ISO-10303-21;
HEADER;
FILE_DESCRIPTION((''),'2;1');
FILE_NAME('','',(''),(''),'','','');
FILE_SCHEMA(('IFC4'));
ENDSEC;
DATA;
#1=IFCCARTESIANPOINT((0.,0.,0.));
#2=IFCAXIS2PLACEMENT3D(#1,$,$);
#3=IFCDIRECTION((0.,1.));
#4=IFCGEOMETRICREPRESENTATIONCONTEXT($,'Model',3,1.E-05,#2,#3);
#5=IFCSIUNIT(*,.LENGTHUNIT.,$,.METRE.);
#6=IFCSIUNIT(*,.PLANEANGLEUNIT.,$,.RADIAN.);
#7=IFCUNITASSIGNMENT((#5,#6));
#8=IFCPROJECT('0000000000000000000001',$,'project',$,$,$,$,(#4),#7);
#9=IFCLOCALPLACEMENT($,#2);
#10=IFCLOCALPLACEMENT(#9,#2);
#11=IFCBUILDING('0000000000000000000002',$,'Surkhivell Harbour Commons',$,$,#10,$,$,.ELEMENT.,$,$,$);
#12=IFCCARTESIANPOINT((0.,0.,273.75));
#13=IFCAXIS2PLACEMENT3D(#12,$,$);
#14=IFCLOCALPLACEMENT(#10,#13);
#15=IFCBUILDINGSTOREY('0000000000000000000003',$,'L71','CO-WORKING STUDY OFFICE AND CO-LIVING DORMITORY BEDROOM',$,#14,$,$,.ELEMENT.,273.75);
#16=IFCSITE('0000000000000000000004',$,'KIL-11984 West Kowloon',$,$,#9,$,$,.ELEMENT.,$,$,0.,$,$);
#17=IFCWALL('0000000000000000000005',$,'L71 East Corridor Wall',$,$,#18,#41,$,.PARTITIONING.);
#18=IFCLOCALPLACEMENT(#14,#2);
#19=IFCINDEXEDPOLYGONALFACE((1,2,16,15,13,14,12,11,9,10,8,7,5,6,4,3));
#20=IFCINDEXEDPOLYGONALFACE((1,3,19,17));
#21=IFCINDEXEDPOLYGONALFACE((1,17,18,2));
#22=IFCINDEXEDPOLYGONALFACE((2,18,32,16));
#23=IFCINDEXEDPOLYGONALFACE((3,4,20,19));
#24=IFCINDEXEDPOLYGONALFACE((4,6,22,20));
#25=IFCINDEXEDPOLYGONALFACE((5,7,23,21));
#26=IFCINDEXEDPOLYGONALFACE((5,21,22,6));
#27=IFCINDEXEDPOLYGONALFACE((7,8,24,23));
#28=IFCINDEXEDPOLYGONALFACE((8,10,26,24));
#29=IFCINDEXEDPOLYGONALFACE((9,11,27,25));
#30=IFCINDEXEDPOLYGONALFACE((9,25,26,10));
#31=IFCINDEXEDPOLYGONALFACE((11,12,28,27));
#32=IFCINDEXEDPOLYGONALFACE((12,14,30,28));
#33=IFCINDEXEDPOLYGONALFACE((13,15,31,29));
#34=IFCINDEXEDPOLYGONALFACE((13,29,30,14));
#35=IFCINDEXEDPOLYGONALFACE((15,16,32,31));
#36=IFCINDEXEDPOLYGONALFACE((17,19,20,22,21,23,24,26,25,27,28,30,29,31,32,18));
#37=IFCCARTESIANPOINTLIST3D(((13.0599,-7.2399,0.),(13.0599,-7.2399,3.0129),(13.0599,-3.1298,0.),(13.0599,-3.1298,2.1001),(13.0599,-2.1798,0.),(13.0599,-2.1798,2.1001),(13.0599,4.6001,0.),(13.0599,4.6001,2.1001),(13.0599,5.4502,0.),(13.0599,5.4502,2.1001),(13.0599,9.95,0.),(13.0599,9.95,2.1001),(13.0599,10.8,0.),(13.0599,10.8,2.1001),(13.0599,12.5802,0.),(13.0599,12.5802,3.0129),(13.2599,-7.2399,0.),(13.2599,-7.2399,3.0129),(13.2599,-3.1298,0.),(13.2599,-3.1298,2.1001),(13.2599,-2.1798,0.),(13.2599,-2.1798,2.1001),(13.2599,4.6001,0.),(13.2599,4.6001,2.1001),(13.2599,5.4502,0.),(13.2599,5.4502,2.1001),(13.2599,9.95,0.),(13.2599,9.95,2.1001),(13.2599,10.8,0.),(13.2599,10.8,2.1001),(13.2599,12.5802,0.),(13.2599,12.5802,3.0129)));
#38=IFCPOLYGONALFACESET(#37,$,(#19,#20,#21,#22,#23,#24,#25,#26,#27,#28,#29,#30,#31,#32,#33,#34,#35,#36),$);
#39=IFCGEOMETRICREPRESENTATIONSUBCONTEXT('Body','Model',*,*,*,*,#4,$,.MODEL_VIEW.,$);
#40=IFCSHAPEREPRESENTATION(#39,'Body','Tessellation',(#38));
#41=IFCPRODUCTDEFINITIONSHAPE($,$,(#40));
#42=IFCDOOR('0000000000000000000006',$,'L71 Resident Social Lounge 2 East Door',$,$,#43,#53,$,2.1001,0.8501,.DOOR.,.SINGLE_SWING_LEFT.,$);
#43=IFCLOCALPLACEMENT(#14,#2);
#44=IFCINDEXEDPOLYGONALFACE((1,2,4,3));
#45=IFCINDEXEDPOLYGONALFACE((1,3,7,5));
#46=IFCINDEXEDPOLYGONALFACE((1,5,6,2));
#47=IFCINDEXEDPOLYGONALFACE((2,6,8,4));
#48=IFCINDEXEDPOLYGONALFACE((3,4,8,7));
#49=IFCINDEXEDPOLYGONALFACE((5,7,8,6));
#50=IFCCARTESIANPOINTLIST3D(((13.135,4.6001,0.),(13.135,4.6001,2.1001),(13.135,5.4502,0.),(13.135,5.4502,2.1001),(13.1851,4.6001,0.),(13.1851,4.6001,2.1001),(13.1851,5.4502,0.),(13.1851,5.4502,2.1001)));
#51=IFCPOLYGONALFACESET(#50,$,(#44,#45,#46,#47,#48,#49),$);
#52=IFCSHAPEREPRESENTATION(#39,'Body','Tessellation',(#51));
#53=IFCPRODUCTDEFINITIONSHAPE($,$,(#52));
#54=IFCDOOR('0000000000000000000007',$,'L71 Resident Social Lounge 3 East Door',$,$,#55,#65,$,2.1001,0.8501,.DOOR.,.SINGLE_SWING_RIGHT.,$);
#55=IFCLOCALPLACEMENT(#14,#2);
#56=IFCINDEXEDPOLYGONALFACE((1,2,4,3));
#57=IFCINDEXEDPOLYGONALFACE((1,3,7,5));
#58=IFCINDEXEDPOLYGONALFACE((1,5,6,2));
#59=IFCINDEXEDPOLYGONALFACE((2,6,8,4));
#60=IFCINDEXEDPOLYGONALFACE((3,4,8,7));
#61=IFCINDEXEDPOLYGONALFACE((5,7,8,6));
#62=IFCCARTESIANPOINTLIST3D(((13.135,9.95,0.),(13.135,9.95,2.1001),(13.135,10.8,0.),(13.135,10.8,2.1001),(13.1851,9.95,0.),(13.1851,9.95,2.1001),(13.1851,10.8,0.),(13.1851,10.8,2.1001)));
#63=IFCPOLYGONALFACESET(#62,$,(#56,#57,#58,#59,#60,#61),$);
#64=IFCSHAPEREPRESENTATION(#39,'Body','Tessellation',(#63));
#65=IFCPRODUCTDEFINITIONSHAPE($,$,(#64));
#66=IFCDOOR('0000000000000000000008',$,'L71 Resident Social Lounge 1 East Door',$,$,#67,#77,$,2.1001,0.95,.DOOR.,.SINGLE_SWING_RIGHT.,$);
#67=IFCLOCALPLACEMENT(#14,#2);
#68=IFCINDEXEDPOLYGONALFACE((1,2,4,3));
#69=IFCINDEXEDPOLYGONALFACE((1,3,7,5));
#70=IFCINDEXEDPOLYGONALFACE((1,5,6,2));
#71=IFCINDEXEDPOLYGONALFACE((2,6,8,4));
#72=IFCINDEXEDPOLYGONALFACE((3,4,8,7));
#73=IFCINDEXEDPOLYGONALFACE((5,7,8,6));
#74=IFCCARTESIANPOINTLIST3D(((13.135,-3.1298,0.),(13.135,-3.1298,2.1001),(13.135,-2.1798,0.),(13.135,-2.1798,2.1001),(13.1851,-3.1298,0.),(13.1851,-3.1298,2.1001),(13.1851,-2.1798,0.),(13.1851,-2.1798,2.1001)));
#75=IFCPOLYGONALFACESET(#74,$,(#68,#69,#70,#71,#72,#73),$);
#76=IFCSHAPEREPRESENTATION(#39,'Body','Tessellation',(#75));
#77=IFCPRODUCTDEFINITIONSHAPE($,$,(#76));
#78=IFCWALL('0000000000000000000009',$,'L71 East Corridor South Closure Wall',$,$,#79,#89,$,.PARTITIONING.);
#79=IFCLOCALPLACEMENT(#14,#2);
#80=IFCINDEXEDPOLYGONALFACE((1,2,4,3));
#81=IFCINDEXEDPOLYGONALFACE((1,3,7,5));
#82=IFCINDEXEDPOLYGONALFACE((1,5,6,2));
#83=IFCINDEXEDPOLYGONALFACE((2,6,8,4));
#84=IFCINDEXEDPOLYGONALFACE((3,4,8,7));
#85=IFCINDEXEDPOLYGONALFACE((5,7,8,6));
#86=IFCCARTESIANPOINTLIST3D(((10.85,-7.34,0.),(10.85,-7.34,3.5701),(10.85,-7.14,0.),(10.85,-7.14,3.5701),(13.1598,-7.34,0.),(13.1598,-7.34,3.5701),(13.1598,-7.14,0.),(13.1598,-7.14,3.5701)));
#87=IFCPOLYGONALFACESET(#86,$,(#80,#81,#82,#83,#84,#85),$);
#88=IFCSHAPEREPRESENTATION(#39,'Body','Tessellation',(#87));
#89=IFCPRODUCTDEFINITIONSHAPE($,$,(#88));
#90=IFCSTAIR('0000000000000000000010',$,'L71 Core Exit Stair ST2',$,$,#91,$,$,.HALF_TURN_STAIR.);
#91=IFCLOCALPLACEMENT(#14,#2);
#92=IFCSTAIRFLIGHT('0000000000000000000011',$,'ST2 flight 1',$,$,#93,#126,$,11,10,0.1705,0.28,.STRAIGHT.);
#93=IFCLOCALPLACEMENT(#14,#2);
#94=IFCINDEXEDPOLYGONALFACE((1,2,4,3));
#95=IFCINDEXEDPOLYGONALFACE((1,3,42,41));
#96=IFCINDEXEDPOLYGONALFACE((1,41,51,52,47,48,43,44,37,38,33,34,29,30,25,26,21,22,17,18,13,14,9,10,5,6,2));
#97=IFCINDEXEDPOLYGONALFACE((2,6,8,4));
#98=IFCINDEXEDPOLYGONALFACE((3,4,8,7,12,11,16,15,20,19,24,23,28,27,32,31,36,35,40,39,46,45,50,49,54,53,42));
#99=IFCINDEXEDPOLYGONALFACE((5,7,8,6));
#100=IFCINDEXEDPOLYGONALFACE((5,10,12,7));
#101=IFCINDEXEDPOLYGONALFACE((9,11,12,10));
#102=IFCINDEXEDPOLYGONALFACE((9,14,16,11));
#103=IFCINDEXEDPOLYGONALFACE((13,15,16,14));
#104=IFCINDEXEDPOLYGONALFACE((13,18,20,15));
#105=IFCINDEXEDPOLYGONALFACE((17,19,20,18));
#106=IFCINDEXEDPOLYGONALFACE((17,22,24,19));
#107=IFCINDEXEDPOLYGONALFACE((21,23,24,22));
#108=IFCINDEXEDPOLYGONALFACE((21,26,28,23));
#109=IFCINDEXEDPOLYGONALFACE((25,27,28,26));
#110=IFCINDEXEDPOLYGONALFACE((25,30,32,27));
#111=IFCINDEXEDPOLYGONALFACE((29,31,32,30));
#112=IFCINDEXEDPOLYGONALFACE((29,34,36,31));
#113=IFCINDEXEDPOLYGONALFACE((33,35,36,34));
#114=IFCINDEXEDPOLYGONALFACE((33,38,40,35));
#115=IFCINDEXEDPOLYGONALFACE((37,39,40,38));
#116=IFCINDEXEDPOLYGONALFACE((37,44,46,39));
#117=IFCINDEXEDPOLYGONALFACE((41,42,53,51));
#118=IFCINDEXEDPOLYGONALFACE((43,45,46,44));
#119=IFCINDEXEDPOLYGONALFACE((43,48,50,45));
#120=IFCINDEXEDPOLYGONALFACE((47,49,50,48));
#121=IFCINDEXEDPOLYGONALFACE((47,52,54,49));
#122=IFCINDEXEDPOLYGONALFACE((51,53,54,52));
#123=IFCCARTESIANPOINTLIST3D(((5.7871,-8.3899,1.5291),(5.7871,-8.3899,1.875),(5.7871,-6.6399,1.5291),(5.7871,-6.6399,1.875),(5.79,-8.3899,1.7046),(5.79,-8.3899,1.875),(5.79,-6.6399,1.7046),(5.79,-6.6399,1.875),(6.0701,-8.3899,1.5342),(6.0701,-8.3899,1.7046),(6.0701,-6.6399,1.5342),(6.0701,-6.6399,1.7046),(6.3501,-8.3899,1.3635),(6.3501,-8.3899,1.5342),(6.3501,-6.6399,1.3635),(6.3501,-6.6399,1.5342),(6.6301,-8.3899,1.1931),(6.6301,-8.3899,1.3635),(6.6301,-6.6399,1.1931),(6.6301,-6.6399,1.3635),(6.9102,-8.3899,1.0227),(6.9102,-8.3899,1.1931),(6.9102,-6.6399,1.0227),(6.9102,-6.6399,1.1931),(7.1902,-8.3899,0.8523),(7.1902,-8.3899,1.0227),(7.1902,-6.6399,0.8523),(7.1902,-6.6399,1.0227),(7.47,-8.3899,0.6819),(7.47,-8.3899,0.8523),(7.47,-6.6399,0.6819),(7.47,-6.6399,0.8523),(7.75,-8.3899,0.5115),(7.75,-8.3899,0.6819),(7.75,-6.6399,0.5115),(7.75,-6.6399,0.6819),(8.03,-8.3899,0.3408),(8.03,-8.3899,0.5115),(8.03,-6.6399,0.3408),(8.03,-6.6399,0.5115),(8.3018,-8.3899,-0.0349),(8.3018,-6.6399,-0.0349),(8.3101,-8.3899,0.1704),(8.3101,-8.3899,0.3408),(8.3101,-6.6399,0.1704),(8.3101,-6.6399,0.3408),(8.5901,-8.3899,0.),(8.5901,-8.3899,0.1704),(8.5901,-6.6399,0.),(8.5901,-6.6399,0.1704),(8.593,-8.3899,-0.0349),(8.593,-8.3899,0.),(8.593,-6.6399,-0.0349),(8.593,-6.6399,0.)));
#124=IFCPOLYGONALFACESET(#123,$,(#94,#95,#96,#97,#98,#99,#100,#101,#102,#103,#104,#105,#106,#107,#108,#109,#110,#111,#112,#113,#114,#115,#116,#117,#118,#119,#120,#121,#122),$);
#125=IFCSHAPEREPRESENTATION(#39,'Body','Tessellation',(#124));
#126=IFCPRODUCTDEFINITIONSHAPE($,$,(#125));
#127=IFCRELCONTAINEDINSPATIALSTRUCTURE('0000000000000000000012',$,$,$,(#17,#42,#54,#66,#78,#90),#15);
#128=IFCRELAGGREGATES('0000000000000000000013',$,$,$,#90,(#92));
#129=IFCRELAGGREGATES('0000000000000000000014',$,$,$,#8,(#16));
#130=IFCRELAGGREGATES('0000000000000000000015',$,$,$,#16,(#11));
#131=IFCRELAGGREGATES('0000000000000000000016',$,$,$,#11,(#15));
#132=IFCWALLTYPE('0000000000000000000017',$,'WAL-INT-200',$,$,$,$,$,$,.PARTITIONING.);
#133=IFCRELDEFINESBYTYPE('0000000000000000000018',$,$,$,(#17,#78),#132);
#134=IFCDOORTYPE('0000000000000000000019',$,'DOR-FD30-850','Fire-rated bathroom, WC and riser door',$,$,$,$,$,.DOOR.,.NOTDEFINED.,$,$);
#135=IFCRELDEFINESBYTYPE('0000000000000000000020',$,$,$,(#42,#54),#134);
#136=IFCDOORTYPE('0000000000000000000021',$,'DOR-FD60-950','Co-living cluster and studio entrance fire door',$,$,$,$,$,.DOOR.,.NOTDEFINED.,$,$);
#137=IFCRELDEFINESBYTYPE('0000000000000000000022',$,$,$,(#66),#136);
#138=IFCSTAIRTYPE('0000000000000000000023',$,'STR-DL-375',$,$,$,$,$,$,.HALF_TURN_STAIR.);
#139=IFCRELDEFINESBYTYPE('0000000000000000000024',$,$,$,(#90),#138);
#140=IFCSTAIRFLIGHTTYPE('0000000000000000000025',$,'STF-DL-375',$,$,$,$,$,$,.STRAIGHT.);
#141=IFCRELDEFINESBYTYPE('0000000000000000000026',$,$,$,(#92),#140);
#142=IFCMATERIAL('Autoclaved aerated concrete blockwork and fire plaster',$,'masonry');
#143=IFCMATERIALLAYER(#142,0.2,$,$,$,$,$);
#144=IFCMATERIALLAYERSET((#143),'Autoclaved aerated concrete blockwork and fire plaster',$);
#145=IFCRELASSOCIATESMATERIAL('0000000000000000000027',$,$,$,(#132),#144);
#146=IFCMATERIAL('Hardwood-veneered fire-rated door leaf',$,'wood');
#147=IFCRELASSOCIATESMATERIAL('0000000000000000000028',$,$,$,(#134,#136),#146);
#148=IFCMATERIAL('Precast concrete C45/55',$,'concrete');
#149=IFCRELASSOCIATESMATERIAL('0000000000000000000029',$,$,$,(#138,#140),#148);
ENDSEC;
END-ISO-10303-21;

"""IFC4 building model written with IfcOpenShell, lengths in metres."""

from ifc_helpers import new_model, si_unit, direction, frame, frame_2d, origin, place, context, subcontext, project, spatial, polyline, rectangle, outline, extrude, material, layer, layer_set, type_object, element, fill, aggregate, save


model = new_model("IFC4")

# Units and contexts
model_context = context("Model", 3, precision=1e-05, world=origin(), true_north=direction((0.0, 1.0)))
body_context = subcontext(model_context, "Body", "Model", "MODEL_VIEW")
ifc_project = project(units=[si_unit("LENGTHUNIT", "METRE"), si_unit("PLANEANGLEUNIT", "RADIAN")], contexts=[model_context])

# Site, building, storey
site_placement = place(None, origin())
site = spatial("IfcSite", under=ifc_project, at=site_placement, Name="KIL-11984 West Kowloon", CompositionType="ELEMENT", RefElevation=0.0)
building_placement = place(site_placement, origin())
building = spatial("IfcBuilding", under=site, at=building_placement, Name="Surkhivell Harbour Commons", CompositionType="ELEMENT")
storey_placement = place(building_placement, frame((0.0, 0.0, 273.75)))
storey = spatial("IfcBuildingStorey", under=building, at=storey_placement, Name="L71", Description="CO-WORKING STUDY OFFICE AND CO-LIVING DORMITORY BEDROOM", CompositionType="ELEMENT", Elevation=273.75)

# Shared definitions
ifc_material_1 = material(Name="Hardwood-veneered fire-rated door leaf", Category="wood")

# Wall, openings, doors
ifc_material_2 = material(Name="Autoclaved aerated concrete blockwork and fire plaster", Category="masonry")
ifc_layer_1 = layer(ifc_material_2, 0.2)
ifc_layer_set_1 = layer_set([ifc_layer_1], Name="Autoclaved aerated concrete blockwork and fire plaster")
wall_type_1 = type_object("IfcWallType", Name="WAL-INT-200", PredefinedType="PARTITIONING", material=ifc_layer_set_1)
wall_1_placement = place(storey_placement, frame((13.1599, -7.24, 0.0), z_axis=(0.0, 0.0, 1.0), x_axis=(0.0, 1.0, 0.0)))
wall_1 = element("IfcWall", 1, at=wall_1_placement, inside=storey, type_object=wall_type_1, Name="L71 East Corridor Wall", PredefinedType="PARTITIONING", context=body_context, shape_type="SweptSolid", body=[
    extrude(rectangle(XDim=19.8201, YDim=0.2, at=frame_2d((9.9102, 0.0))), origin(), (0.0, 0.0, 1.0), 3.0129),
])
opening_1_placement = place(wall_1_placement, frame((4.1101, 0.0, 0.0)))
opening_1 = element("IfcOpeningElement", 2, at=opening_1_placement, cuts=wall_1, PredefinedType="OPENING", context=body_context, shape_type="SweptSolid", body=[
    extrude(rectangle(XDim=0.95, YDim=2.1001, at=frame_2d((0.4751, 1.05))), frame((0.0, 0.1099, 0.0), z_axis=(0.0, -1.0, 0.0), x_axis=(1.0, 0.0, 0.0)), (0.0, 0.0, 1.0), 0.22),
])
opening_2_placement = place(wall_1_placement, frame((11.8401, 0.0, 0.0)))
opening_2 = element("IfcOpeningElement", 3, at=opening_2_placement, cuts=wall_1, PredefinedType="OPENING", context=body_context, shape_type="SweptSolid", body=[
    extrude(rectangle(XDim=0.8501, YDim=2.1001, at=frame_2d((0.425, 1.05))), frame((0.0, 0.1099, 0.0), z_axis=(0.0, -1.0, 0.0), x_axis=(1.0, 0.0, 0.0)), (0.0, 0.0, 1.0), 0.22),
])
opening_3_placement = place(wall_1_placement, frame((17.1899, 0.0, 0.0)))
opening_3 = element("IfcOpeningElement", 4, at=opening_3_placement, cuts=wall_1, PredefinedType="OPENING", context=body_context, shape_type="SweptSolid", body=[
    extrude(rectangle(XDim=0.8501, YDim=2.1001, at=frame_2d((0.425, 1.05))), frame((0.0, 0.1099, 0.0), z_axis=(0.0, -1.0, 0.0), x_axis=(1.0, 0.0, 0.0)), (0.0, 0.0, 1.0), 0.22),
])
door_type_1 = type_object("IfcDoorType", Name="DOR-FD30-850", Description="Fire-rated bathroom, WC and riser door", OperationType="NOTDEFINED", PredefinedType="DOOR", material=ifc_material_1)
door_1_placement = place(opening_2_placement, origin())
door_1 = element("IfcDoor", 5, at=door_1_placement, inside=storey, type_object=door_type_1, Name="L71 Resident Social Lounge 2 East Door", OperationType="SINGLE_SWING_LEFT", OverallHeight=2.1001, OverallWidth=0.8501, PredefinedType="DOOR", context=body_context, shape_type="SweptSolid", body=[
    extrude(rectangle(XDim=0.8501, YDim=2.1001, at=frame_2d((0.425, 1.05))), frame((0.0, 0.0249, 0.0), z_axis=(0.0, -1.0, 0.0), x_axis=(1.0, 0.0, 0.0)), (0.0, 0.0, 1.0), 0.05),
])
fill(opening_2, door_1)
door_2_placement = place(opening_3_placement, origin())
door_2 = element("IfcDoor", 6, at=door_2_placement, inside=storey, type_object=door_type_1, Name="L71 Resident Social Lounge 3 East Door", OperationType="SINGLE_SWING_RIGHT", OverallHeight=2.1001, OverallWidth=0.8501, PredefinedType="DOOR", context=body_context, shape_type="SweptSolid", body=[
    extrude(rectangle(XDim=0.8501, YDim=2.1001, at=frame_2d((0.425, 1.05))), frame((0.0, 0.0249, 0.0), z_axis=(0.0, -1.0, 0.0), x_axis=(1.0, 0.0, 0.0)), (0.0, 0.0, 1.0), 0.05),
])
fill(opening_3, door_2)
door_type_2 = type_object("IfcDoorType", Name="DOR-FD60-950", Description="Co-living cluster and studio entrance fire door", OperationType="NOTDEFINED", PredefinedType="DOOR", material=ifc_material_1)
door_3_placement = place(opening_1_placement, origin())
door_3 = element("IfcDoor", 7, at=door_3_placement, inside=storey, type_object=door_type_2, Name="L71 Resident Social Lounge 1 East Door", OperationType="SINGLE_SWING_RIGHT", OverallHeight=2.1001, OverallWidth=0.95, PredefinedType="DOOR", context=body_context, shape_type="SweptSolid", body=[
    extrude(rectangle(XDim=0.95, YDim=2.1001, at=frame_2d((0.4751, 1.05))), frame((0.0, 0.0249, 0.0), z_axis=(0.0, -1.0, 0.0), x_axis=(1.0, 0.0, 0.0)), (0.0, 0.0, 1.0), 0.05),
])
fill(opening_1, door_3)

# Wall
wall_2_placement = place(storey_placement, frame((10.8501, -7.24, 0.0), z_axis=(0.0, 0.0, 1.0), x_axis=(1.0, 0.0, 0.0)))
element("IfcWall", 8, at=wall_2_placement, inside=storey, type_object=wall_type_1, Name="L71 East Corridor South Closure Wall", PredefinedType="PARTITIONING", context=body_context, shape_type="SweptSolid", body=[
    extrude(rectangle(XDim=2.3098, YDim=0.2, at=frame_2d((1.1548, 0.0))), origin(), (0.0, 0.0, 1.0), 3.5701),
])

# Stair, stair flight
ifc_material_3 = material(Name="Precast concrete C45/55", Category="concrete")
stair_type = type_object("IfcStairType", Name="STR-DL-375", PredefinedType="HALF_TURN_STAIR", material=ifc_material_3)
stair_placement = place(storey_placement, origin())
stair = element("IfcStair", 9, at=stair_placement, inside=storey, type_object=stair_type, Name="L71 Core Exit Stair ST2", PredefinedType="HALF_TURN_STAIR")
stair_flight_type = type_object("IfcStairFlightType", Name="STF-DL-375", PredefinedType="STRAIGHT", material=ifc_material_3)
stair_flight_placement = place(storey_placement, frame((8.5901, -7.5149, 0.0), z_axis=(0.0, 0.0, 1.0), x_axis=(-1.0, 0.0, 0.0)))
stair_flight = element("IfcStairFlight", 10, at=stair_flight_placement, type_object=stair_flight_type, Name="ST2 flight 1", NumberOfRisers=11, NumberOfTreads=10, PredefinedType="STRAIGHT", RiserHeight=0.1705, TreadLength=0.28, context=body_context, shape_type="SweptSolid", body=[
    extrude(outline(polyline([(-0.0029, -0.0349), (-0.0029, 0.0), (0.0, 0.0), (0.0, 0.1704), (0.28, 0.1704), (0.28, 0.3408), (0.5601, 0.3408), (0.5601, 0.5115), (0.8401, 0.5115), (0.8401, 0.6819), (1.1201, 0.6819), (1.1201, 0.8523), (1.3999, 0.8523), (1.3999, 1.0227), (1.6799, 1.0227), (1.6799, 1.1931), (1.96, 1.1931), (1.96, 1.3635), (2.24, 1.3635), (2.24, 1.5342), (2.52, 1.5342), (2.52, 1.7046), (2.8, 1.7046), (2.8, 1.875), (2.803, 1.875), (2.803, 1.5291), (0.2883, -0.0349), (-0.0029, -0.0349)])), frame((0.0, 0.875, 0.0), z_axis=(0.0, -1.0, 0.0), x_axis=(1.0, 0.0, 0.0)), (0.0, 0.0, 1.0), 1.75),
])
aggregate(stair, [stair_flight])

save(model, "model.ifc")
